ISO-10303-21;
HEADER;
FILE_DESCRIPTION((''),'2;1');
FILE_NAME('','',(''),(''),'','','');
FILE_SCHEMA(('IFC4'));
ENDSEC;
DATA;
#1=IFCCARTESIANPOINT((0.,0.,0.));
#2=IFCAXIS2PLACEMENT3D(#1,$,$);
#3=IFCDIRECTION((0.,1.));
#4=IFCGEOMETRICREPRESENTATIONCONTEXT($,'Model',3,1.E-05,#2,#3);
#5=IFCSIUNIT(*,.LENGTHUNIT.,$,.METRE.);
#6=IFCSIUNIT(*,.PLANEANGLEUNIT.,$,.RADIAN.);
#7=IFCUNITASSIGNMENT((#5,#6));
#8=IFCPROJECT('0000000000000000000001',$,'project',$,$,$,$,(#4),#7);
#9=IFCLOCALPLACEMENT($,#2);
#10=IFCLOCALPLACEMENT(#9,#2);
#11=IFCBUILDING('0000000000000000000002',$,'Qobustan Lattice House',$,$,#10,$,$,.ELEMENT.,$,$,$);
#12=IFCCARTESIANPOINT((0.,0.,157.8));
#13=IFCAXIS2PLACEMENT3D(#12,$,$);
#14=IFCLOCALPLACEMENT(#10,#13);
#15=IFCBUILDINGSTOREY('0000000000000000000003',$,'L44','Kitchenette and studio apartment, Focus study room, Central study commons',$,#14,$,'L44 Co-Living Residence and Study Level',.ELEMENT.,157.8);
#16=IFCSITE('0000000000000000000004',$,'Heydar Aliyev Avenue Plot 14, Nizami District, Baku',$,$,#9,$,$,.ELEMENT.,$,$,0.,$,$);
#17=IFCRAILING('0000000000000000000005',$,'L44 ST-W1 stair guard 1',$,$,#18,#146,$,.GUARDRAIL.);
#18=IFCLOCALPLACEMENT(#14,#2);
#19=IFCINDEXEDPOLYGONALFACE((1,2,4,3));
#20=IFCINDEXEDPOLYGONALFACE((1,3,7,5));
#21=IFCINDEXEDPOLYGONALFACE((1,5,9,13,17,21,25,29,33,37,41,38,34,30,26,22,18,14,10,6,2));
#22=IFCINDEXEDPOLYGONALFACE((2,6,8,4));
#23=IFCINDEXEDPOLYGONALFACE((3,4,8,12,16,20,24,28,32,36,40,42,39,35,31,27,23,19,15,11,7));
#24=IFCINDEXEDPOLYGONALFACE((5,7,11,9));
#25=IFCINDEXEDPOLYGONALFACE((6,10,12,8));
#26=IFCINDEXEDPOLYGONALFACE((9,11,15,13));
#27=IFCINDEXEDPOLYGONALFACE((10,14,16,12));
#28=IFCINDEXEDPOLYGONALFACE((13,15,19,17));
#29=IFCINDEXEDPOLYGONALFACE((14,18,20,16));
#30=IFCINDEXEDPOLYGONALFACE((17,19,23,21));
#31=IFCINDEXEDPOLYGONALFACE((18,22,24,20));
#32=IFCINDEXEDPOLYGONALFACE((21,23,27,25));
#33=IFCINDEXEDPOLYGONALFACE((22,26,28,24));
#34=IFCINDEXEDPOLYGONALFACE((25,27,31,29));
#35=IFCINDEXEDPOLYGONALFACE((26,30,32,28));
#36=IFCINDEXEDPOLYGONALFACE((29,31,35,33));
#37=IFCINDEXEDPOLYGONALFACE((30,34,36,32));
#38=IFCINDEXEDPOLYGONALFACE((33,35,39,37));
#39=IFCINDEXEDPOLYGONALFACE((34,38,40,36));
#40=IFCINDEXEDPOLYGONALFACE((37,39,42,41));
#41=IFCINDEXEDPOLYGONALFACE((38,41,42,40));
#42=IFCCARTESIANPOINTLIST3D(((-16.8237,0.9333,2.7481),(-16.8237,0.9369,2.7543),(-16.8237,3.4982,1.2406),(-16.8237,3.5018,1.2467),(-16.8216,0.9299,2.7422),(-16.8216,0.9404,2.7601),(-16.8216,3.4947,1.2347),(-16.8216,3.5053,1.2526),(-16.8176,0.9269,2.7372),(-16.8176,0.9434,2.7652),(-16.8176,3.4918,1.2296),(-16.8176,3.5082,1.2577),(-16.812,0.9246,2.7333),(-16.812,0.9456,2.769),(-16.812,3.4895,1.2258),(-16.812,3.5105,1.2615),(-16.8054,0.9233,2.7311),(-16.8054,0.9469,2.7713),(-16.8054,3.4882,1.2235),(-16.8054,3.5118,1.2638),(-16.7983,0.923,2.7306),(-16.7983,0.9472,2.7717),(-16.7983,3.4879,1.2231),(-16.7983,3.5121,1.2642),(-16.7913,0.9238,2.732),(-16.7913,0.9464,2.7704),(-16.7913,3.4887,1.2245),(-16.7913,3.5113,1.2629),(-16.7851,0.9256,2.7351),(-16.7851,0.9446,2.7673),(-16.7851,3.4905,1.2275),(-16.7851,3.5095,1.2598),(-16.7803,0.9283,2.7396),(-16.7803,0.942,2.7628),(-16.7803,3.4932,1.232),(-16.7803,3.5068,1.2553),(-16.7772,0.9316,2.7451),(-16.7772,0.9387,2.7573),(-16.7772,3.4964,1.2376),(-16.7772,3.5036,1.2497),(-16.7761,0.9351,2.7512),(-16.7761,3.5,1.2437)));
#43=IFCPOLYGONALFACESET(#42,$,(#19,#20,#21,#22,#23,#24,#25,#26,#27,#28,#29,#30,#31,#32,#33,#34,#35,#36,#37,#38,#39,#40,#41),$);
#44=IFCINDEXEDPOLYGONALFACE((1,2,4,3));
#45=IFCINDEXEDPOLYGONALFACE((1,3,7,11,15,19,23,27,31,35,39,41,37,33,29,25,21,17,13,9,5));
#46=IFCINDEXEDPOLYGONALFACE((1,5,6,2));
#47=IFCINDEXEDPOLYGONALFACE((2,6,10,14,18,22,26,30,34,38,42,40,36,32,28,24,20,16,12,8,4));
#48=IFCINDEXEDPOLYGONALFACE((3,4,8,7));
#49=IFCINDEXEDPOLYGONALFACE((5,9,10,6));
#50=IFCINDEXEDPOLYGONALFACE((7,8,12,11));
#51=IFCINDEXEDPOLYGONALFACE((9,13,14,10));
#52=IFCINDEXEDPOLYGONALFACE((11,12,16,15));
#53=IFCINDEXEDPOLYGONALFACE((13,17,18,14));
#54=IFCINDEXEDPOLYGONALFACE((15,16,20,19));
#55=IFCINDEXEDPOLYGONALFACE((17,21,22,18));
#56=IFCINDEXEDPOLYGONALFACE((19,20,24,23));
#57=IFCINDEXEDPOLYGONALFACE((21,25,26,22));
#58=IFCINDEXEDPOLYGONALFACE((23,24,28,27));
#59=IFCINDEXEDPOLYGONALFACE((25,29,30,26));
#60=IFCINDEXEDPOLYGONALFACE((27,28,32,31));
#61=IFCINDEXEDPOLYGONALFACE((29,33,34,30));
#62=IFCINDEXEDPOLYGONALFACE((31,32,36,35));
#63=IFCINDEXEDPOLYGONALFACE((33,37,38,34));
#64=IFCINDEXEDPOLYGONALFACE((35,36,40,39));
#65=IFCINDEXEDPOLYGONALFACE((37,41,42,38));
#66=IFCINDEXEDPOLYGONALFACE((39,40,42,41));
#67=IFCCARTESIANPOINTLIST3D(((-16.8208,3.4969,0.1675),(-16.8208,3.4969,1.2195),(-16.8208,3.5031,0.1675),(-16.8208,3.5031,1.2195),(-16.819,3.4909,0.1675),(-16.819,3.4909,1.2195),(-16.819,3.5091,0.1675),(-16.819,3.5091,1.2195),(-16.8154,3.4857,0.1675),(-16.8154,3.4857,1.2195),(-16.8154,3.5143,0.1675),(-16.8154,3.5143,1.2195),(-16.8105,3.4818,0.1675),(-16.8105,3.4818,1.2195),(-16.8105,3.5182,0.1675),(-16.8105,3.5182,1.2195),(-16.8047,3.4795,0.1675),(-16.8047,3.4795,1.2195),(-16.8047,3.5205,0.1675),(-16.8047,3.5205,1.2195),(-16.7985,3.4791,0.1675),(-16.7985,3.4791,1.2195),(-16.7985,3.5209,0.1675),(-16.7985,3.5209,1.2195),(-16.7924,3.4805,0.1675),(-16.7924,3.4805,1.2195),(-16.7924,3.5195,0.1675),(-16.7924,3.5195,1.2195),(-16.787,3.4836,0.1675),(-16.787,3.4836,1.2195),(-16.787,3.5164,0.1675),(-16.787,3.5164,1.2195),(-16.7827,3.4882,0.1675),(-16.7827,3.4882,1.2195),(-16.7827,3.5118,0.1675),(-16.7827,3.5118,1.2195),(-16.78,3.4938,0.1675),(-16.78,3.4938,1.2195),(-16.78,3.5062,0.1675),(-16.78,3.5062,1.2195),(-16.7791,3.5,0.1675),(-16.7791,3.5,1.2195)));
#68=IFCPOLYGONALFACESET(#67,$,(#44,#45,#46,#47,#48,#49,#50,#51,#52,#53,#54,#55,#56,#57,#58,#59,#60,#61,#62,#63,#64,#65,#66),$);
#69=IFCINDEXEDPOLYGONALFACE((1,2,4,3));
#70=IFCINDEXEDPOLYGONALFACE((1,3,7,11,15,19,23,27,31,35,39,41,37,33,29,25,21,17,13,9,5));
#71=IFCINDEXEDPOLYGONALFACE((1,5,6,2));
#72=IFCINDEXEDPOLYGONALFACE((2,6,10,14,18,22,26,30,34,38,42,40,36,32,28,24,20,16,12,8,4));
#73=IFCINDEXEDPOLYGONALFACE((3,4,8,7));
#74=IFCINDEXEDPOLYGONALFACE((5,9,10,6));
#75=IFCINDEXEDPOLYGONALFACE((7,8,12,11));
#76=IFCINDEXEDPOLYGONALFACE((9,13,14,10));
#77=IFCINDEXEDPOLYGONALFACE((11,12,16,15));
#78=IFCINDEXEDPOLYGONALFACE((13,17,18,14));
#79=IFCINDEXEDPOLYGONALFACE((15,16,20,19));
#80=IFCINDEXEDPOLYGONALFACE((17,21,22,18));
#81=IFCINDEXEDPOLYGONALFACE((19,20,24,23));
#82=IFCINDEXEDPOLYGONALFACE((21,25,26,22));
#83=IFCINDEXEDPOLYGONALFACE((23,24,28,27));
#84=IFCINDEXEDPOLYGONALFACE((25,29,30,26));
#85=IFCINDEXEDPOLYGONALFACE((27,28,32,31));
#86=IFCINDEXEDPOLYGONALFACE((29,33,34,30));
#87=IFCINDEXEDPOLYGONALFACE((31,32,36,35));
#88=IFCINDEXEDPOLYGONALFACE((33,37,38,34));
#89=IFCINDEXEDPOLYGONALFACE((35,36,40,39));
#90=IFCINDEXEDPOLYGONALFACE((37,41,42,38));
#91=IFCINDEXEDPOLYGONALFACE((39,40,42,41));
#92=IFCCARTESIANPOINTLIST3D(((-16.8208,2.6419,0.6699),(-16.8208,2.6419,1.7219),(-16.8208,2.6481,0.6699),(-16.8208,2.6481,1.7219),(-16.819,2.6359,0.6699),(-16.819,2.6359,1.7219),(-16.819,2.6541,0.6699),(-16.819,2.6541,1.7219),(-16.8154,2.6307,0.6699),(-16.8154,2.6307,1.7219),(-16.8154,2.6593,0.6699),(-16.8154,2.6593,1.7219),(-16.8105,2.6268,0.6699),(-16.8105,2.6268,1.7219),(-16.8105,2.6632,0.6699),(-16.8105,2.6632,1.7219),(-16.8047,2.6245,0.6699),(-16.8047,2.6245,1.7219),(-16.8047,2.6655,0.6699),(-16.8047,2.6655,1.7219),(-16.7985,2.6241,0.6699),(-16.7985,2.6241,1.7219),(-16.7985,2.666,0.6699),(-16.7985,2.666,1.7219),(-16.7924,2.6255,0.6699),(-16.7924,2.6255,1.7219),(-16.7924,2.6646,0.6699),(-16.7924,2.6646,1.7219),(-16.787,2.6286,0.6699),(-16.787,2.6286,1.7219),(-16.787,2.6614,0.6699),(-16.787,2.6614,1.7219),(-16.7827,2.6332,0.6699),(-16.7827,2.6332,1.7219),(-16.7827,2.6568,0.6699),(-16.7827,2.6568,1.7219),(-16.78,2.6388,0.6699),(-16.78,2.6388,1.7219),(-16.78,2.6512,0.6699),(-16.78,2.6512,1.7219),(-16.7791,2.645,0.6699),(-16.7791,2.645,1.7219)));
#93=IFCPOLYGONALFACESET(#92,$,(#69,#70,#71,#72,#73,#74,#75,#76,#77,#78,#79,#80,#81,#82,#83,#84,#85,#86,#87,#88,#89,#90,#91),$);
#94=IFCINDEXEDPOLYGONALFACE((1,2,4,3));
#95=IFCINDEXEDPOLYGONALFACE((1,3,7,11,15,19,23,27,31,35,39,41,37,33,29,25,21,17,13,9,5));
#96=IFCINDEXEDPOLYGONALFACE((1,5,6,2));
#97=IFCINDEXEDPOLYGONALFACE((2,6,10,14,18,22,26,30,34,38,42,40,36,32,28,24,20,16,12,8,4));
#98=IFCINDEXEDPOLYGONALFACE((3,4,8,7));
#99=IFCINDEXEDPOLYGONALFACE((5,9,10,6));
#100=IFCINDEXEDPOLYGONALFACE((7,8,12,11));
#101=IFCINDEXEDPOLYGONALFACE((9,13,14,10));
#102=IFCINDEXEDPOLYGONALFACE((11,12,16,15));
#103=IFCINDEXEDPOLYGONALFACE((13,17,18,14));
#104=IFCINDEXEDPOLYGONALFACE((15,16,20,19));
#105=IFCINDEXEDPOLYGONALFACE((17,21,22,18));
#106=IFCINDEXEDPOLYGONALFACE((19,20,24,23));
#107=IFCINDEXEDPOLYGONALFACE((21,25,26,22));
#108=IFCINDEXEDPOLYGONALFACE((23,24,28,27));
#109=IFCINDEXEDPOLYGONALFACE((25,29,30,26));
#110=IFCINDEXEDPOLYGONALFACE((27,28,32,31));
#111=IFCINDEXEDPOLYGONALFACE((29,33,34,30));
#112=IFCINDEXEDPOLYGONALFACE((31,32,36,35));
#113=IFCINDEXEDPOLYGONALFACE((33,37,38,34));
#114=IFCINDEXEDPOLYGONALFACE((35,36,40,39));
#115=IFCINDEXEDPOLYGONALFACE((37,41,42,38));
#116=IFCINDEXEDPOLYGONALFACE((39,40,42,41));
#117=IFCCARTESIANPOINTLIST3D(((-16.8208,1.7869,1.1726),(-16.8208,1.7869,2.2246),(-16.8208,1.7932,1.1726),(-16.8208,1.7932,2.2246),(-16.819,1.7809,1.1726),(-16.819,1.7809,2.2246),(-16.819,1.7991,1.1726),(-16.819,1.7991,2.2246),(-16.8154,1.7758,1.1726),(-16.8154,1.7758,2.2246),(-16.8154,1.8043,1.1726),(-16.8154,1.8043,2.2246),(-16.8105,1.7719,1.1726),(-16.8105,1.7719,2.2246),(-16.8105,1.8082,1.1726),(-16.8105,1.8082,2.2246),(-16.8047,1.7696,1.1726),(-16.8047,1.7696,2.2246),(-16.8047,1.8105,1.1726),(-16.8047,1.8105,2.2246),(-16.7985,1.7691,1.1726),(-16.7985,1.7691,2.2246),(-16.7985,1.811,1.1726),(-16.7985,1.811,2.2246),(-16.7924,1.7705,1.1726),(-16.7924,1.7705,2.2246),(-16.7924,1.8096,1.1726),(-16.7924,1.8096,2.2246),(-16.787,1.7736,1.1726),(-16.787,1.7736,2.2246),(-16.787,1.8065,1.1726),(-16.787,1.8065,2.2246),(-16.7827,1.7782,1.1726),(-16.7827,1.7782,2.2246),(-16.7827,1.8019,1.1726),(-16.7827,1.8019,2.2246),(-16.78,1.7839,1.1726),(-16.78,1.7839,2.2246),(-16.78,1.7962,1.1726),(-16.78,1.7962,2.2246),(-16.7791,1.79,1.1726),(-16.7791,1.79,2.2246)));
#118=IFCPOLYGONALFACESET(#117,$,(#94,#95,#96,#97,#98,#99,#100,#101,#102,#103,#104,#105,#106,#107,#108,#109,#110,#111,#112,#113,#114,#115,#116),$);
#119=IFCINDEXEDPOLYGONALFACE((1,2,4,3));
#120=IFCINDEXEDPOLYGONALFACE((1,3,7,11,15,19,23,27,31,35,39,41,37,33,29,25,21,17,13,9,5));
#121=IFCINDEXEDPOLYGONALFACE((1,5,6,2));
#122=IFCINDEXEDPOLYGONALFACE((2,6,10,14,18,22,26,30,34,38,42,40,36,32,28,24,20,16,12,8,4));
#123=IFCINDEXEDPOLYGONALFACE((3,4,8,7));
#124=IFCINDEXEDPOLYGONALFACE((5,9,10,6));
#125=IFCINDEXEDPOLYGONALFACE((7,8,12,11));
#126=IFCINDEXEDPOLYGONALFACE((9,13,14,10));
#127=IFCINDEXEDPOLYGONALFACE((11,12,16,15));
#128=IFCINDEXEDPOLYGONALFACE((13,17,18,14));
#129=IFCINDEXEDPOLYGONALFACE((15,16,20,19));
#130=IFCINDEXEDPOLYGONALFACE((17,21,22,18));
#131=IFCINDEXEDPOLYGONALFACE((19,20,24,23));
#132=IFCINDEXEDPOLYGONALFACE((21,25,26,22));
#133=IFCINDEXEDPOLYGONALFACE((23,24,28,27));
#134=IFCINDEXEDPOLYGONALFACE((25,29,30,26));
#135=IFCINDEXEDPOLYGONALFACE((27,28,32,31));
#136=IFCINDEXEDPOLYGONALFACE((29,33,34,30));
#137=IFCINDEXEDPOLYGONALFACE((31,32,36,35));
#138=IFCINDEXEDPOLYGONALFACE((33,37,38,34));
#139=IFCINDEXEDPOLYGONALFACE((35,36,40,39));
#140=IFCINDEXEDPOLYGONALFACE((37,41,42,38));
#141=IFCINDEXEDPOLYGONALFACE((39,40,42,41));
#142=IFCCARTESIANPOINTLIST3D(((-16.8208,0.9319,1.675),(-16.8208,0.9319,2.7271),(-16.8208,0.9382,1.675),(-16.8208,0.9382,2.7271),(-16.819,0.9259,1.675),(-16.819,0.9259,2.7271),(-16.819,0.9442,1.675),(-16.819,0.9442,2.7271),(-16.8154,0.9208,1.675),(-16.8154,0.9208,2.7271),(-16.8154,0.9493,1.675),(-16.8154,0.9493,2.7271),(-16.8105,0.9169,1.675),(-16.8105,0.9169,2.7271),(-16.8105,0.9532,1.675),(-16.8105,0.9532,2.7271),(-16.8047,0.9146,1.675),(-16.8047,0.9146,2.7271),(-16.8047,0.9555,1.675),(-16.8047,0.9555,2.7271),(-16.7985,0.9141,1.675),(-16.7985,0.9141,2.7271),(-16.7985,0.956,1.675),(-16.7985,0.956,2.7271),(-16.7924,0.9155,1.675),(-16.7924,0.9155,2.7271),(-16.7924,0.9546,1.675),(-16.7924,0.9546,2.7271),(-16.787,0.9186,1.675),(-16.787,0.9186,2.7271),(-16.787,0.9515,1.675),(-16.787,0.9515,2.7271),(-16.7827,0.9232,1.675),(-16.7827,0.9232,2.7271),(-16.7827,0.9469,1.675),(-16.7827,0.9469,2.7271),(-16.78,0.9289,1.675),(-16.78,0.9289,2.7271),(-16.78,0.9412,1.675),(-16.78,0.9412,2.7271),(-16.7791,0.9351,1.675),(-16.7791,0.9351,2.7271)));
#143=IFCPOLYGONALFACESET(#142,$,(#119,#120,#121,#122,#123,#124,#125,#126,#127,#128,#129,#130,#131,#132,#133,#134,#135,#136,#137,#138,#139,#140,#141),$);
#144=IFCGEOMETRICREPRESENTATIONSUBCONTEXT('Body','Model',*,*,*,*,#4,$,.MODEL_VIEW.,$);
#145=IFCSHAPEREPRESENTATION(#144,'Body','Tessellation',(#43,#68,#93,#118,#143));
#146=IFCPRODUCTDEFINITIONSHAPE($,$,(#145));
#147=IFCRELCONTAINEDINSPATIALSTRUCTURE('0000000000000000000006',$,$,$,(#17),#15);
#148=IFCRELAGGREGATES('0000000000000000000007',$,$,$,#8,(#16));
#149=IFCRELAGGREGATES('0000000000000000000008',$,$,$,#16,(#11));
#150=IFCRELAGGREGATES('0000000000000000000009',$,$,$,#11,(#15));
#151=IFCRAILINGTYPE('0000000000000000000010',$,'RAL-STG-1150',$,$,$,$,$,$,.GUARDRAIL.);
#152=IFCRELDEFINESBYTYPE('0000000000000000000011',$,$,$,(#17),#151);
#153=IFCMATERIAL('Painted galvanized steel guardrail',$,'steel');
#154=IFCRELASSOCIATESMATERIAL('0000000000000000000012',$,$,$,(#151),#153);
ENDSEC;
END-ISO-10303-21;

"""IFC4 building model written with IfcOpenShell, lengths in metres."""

from ifc_helpers import new_model, si_unit, direction, frame, origin, origin_2d, place, context, subcontext, project, spatial, circle, extrude, material, type_object, element, save


model = new_model("IFC4")

# Units and contexts
model_context = context("Model", 3, precision=1e-05, world=origin(), true_north=direction((0.0, 1.0)))
body_context = subcontext(model_context, "Body", "Model", "MODEL_VIEW")
ifc_project = project(units=[si_unit("LENGTHUNIT", "METRE"), si_unit("PLANEANGLEUNIT", "RADIAN")], contexts=[model_context])

# Site, building, storey
site_placement = place(None, origin())
site = spatial("IfcSite", under=ifc_project, at=site_placement, Name="Heydar Aliyev Avenue Plot 14, Nizami District, Baku", CompositionType="ELEMENT", RefElevation=0.0)
building_placement = place(site_placement, origin())
building = spatial("IfcBuilding", under=site, at=building_placement, Name="Qobustan Lattice House", CompositionType="ELEMENT")
storey_placement = place(building_placement, frame((0.0, 0.0, 157.8)))
storey = spatial("IfcBuildingStorey", under=building, at=storey_placement, Name="L44", Description="Kitchenette and studio apartment, Focus study room, Central study commons", LongName="L44 Co-Living Residence and Study Level", CompositionType="ELEMENT", Elevation=157.8)

# Railing
ifc_material_1 = material(Name="Painted galvanized steel guardrail", Category="steel")
railing_type_1 = type_object("IfcRailingType", Name="RAL-STG-1150", PredefinedType="GUARDRAIL", material=ifc_material_1)
railing_1_placement = place(storey_placement, frame((-16.8, 3.5, 0.1675)))
element("IfcRailing", 1, at=railing_1_placement, inside=storey, type_object=railing_type_1, Name="L44 ST-W1 stair guard 1", PredefinedType="GUARDRAIL", context=body_context, shape_type="SweptSolid", body=[
    extrude(circle(Radius=0.0239, at=origin_2d()), frame((0.0, 0.0, 1.0762), z_axis=(0.0, -0.862113, 0.506715), x_axis=(1.0, 0.0, 0.0)), (0.0, 0.0, 1.0), 2.9751),
    extrude(circle(Radius=0.021, at=origin_2d()), origin(), (0.0, 0.0, 1.0), 1.052),
    extrude(circle(Radius=0.021, at=origin_2d()), frame((0.0, -0.855, 0.5024)), (0.0, 0.0, 1.0), 1.052),
    extrude(circle(Radius=0.021, at=origin_2d()), frame((0.0, -1.71, 1.0051)), (0.0, 0.0, 1.0), 1.052),
    extrude(circle(Radius=0.021, at=origin_2d()), frame((0.0, -2.5649, 1.5076)), (0.0, 0.0, 1.0), 1.052),
])

save(model, "model.ifc")
